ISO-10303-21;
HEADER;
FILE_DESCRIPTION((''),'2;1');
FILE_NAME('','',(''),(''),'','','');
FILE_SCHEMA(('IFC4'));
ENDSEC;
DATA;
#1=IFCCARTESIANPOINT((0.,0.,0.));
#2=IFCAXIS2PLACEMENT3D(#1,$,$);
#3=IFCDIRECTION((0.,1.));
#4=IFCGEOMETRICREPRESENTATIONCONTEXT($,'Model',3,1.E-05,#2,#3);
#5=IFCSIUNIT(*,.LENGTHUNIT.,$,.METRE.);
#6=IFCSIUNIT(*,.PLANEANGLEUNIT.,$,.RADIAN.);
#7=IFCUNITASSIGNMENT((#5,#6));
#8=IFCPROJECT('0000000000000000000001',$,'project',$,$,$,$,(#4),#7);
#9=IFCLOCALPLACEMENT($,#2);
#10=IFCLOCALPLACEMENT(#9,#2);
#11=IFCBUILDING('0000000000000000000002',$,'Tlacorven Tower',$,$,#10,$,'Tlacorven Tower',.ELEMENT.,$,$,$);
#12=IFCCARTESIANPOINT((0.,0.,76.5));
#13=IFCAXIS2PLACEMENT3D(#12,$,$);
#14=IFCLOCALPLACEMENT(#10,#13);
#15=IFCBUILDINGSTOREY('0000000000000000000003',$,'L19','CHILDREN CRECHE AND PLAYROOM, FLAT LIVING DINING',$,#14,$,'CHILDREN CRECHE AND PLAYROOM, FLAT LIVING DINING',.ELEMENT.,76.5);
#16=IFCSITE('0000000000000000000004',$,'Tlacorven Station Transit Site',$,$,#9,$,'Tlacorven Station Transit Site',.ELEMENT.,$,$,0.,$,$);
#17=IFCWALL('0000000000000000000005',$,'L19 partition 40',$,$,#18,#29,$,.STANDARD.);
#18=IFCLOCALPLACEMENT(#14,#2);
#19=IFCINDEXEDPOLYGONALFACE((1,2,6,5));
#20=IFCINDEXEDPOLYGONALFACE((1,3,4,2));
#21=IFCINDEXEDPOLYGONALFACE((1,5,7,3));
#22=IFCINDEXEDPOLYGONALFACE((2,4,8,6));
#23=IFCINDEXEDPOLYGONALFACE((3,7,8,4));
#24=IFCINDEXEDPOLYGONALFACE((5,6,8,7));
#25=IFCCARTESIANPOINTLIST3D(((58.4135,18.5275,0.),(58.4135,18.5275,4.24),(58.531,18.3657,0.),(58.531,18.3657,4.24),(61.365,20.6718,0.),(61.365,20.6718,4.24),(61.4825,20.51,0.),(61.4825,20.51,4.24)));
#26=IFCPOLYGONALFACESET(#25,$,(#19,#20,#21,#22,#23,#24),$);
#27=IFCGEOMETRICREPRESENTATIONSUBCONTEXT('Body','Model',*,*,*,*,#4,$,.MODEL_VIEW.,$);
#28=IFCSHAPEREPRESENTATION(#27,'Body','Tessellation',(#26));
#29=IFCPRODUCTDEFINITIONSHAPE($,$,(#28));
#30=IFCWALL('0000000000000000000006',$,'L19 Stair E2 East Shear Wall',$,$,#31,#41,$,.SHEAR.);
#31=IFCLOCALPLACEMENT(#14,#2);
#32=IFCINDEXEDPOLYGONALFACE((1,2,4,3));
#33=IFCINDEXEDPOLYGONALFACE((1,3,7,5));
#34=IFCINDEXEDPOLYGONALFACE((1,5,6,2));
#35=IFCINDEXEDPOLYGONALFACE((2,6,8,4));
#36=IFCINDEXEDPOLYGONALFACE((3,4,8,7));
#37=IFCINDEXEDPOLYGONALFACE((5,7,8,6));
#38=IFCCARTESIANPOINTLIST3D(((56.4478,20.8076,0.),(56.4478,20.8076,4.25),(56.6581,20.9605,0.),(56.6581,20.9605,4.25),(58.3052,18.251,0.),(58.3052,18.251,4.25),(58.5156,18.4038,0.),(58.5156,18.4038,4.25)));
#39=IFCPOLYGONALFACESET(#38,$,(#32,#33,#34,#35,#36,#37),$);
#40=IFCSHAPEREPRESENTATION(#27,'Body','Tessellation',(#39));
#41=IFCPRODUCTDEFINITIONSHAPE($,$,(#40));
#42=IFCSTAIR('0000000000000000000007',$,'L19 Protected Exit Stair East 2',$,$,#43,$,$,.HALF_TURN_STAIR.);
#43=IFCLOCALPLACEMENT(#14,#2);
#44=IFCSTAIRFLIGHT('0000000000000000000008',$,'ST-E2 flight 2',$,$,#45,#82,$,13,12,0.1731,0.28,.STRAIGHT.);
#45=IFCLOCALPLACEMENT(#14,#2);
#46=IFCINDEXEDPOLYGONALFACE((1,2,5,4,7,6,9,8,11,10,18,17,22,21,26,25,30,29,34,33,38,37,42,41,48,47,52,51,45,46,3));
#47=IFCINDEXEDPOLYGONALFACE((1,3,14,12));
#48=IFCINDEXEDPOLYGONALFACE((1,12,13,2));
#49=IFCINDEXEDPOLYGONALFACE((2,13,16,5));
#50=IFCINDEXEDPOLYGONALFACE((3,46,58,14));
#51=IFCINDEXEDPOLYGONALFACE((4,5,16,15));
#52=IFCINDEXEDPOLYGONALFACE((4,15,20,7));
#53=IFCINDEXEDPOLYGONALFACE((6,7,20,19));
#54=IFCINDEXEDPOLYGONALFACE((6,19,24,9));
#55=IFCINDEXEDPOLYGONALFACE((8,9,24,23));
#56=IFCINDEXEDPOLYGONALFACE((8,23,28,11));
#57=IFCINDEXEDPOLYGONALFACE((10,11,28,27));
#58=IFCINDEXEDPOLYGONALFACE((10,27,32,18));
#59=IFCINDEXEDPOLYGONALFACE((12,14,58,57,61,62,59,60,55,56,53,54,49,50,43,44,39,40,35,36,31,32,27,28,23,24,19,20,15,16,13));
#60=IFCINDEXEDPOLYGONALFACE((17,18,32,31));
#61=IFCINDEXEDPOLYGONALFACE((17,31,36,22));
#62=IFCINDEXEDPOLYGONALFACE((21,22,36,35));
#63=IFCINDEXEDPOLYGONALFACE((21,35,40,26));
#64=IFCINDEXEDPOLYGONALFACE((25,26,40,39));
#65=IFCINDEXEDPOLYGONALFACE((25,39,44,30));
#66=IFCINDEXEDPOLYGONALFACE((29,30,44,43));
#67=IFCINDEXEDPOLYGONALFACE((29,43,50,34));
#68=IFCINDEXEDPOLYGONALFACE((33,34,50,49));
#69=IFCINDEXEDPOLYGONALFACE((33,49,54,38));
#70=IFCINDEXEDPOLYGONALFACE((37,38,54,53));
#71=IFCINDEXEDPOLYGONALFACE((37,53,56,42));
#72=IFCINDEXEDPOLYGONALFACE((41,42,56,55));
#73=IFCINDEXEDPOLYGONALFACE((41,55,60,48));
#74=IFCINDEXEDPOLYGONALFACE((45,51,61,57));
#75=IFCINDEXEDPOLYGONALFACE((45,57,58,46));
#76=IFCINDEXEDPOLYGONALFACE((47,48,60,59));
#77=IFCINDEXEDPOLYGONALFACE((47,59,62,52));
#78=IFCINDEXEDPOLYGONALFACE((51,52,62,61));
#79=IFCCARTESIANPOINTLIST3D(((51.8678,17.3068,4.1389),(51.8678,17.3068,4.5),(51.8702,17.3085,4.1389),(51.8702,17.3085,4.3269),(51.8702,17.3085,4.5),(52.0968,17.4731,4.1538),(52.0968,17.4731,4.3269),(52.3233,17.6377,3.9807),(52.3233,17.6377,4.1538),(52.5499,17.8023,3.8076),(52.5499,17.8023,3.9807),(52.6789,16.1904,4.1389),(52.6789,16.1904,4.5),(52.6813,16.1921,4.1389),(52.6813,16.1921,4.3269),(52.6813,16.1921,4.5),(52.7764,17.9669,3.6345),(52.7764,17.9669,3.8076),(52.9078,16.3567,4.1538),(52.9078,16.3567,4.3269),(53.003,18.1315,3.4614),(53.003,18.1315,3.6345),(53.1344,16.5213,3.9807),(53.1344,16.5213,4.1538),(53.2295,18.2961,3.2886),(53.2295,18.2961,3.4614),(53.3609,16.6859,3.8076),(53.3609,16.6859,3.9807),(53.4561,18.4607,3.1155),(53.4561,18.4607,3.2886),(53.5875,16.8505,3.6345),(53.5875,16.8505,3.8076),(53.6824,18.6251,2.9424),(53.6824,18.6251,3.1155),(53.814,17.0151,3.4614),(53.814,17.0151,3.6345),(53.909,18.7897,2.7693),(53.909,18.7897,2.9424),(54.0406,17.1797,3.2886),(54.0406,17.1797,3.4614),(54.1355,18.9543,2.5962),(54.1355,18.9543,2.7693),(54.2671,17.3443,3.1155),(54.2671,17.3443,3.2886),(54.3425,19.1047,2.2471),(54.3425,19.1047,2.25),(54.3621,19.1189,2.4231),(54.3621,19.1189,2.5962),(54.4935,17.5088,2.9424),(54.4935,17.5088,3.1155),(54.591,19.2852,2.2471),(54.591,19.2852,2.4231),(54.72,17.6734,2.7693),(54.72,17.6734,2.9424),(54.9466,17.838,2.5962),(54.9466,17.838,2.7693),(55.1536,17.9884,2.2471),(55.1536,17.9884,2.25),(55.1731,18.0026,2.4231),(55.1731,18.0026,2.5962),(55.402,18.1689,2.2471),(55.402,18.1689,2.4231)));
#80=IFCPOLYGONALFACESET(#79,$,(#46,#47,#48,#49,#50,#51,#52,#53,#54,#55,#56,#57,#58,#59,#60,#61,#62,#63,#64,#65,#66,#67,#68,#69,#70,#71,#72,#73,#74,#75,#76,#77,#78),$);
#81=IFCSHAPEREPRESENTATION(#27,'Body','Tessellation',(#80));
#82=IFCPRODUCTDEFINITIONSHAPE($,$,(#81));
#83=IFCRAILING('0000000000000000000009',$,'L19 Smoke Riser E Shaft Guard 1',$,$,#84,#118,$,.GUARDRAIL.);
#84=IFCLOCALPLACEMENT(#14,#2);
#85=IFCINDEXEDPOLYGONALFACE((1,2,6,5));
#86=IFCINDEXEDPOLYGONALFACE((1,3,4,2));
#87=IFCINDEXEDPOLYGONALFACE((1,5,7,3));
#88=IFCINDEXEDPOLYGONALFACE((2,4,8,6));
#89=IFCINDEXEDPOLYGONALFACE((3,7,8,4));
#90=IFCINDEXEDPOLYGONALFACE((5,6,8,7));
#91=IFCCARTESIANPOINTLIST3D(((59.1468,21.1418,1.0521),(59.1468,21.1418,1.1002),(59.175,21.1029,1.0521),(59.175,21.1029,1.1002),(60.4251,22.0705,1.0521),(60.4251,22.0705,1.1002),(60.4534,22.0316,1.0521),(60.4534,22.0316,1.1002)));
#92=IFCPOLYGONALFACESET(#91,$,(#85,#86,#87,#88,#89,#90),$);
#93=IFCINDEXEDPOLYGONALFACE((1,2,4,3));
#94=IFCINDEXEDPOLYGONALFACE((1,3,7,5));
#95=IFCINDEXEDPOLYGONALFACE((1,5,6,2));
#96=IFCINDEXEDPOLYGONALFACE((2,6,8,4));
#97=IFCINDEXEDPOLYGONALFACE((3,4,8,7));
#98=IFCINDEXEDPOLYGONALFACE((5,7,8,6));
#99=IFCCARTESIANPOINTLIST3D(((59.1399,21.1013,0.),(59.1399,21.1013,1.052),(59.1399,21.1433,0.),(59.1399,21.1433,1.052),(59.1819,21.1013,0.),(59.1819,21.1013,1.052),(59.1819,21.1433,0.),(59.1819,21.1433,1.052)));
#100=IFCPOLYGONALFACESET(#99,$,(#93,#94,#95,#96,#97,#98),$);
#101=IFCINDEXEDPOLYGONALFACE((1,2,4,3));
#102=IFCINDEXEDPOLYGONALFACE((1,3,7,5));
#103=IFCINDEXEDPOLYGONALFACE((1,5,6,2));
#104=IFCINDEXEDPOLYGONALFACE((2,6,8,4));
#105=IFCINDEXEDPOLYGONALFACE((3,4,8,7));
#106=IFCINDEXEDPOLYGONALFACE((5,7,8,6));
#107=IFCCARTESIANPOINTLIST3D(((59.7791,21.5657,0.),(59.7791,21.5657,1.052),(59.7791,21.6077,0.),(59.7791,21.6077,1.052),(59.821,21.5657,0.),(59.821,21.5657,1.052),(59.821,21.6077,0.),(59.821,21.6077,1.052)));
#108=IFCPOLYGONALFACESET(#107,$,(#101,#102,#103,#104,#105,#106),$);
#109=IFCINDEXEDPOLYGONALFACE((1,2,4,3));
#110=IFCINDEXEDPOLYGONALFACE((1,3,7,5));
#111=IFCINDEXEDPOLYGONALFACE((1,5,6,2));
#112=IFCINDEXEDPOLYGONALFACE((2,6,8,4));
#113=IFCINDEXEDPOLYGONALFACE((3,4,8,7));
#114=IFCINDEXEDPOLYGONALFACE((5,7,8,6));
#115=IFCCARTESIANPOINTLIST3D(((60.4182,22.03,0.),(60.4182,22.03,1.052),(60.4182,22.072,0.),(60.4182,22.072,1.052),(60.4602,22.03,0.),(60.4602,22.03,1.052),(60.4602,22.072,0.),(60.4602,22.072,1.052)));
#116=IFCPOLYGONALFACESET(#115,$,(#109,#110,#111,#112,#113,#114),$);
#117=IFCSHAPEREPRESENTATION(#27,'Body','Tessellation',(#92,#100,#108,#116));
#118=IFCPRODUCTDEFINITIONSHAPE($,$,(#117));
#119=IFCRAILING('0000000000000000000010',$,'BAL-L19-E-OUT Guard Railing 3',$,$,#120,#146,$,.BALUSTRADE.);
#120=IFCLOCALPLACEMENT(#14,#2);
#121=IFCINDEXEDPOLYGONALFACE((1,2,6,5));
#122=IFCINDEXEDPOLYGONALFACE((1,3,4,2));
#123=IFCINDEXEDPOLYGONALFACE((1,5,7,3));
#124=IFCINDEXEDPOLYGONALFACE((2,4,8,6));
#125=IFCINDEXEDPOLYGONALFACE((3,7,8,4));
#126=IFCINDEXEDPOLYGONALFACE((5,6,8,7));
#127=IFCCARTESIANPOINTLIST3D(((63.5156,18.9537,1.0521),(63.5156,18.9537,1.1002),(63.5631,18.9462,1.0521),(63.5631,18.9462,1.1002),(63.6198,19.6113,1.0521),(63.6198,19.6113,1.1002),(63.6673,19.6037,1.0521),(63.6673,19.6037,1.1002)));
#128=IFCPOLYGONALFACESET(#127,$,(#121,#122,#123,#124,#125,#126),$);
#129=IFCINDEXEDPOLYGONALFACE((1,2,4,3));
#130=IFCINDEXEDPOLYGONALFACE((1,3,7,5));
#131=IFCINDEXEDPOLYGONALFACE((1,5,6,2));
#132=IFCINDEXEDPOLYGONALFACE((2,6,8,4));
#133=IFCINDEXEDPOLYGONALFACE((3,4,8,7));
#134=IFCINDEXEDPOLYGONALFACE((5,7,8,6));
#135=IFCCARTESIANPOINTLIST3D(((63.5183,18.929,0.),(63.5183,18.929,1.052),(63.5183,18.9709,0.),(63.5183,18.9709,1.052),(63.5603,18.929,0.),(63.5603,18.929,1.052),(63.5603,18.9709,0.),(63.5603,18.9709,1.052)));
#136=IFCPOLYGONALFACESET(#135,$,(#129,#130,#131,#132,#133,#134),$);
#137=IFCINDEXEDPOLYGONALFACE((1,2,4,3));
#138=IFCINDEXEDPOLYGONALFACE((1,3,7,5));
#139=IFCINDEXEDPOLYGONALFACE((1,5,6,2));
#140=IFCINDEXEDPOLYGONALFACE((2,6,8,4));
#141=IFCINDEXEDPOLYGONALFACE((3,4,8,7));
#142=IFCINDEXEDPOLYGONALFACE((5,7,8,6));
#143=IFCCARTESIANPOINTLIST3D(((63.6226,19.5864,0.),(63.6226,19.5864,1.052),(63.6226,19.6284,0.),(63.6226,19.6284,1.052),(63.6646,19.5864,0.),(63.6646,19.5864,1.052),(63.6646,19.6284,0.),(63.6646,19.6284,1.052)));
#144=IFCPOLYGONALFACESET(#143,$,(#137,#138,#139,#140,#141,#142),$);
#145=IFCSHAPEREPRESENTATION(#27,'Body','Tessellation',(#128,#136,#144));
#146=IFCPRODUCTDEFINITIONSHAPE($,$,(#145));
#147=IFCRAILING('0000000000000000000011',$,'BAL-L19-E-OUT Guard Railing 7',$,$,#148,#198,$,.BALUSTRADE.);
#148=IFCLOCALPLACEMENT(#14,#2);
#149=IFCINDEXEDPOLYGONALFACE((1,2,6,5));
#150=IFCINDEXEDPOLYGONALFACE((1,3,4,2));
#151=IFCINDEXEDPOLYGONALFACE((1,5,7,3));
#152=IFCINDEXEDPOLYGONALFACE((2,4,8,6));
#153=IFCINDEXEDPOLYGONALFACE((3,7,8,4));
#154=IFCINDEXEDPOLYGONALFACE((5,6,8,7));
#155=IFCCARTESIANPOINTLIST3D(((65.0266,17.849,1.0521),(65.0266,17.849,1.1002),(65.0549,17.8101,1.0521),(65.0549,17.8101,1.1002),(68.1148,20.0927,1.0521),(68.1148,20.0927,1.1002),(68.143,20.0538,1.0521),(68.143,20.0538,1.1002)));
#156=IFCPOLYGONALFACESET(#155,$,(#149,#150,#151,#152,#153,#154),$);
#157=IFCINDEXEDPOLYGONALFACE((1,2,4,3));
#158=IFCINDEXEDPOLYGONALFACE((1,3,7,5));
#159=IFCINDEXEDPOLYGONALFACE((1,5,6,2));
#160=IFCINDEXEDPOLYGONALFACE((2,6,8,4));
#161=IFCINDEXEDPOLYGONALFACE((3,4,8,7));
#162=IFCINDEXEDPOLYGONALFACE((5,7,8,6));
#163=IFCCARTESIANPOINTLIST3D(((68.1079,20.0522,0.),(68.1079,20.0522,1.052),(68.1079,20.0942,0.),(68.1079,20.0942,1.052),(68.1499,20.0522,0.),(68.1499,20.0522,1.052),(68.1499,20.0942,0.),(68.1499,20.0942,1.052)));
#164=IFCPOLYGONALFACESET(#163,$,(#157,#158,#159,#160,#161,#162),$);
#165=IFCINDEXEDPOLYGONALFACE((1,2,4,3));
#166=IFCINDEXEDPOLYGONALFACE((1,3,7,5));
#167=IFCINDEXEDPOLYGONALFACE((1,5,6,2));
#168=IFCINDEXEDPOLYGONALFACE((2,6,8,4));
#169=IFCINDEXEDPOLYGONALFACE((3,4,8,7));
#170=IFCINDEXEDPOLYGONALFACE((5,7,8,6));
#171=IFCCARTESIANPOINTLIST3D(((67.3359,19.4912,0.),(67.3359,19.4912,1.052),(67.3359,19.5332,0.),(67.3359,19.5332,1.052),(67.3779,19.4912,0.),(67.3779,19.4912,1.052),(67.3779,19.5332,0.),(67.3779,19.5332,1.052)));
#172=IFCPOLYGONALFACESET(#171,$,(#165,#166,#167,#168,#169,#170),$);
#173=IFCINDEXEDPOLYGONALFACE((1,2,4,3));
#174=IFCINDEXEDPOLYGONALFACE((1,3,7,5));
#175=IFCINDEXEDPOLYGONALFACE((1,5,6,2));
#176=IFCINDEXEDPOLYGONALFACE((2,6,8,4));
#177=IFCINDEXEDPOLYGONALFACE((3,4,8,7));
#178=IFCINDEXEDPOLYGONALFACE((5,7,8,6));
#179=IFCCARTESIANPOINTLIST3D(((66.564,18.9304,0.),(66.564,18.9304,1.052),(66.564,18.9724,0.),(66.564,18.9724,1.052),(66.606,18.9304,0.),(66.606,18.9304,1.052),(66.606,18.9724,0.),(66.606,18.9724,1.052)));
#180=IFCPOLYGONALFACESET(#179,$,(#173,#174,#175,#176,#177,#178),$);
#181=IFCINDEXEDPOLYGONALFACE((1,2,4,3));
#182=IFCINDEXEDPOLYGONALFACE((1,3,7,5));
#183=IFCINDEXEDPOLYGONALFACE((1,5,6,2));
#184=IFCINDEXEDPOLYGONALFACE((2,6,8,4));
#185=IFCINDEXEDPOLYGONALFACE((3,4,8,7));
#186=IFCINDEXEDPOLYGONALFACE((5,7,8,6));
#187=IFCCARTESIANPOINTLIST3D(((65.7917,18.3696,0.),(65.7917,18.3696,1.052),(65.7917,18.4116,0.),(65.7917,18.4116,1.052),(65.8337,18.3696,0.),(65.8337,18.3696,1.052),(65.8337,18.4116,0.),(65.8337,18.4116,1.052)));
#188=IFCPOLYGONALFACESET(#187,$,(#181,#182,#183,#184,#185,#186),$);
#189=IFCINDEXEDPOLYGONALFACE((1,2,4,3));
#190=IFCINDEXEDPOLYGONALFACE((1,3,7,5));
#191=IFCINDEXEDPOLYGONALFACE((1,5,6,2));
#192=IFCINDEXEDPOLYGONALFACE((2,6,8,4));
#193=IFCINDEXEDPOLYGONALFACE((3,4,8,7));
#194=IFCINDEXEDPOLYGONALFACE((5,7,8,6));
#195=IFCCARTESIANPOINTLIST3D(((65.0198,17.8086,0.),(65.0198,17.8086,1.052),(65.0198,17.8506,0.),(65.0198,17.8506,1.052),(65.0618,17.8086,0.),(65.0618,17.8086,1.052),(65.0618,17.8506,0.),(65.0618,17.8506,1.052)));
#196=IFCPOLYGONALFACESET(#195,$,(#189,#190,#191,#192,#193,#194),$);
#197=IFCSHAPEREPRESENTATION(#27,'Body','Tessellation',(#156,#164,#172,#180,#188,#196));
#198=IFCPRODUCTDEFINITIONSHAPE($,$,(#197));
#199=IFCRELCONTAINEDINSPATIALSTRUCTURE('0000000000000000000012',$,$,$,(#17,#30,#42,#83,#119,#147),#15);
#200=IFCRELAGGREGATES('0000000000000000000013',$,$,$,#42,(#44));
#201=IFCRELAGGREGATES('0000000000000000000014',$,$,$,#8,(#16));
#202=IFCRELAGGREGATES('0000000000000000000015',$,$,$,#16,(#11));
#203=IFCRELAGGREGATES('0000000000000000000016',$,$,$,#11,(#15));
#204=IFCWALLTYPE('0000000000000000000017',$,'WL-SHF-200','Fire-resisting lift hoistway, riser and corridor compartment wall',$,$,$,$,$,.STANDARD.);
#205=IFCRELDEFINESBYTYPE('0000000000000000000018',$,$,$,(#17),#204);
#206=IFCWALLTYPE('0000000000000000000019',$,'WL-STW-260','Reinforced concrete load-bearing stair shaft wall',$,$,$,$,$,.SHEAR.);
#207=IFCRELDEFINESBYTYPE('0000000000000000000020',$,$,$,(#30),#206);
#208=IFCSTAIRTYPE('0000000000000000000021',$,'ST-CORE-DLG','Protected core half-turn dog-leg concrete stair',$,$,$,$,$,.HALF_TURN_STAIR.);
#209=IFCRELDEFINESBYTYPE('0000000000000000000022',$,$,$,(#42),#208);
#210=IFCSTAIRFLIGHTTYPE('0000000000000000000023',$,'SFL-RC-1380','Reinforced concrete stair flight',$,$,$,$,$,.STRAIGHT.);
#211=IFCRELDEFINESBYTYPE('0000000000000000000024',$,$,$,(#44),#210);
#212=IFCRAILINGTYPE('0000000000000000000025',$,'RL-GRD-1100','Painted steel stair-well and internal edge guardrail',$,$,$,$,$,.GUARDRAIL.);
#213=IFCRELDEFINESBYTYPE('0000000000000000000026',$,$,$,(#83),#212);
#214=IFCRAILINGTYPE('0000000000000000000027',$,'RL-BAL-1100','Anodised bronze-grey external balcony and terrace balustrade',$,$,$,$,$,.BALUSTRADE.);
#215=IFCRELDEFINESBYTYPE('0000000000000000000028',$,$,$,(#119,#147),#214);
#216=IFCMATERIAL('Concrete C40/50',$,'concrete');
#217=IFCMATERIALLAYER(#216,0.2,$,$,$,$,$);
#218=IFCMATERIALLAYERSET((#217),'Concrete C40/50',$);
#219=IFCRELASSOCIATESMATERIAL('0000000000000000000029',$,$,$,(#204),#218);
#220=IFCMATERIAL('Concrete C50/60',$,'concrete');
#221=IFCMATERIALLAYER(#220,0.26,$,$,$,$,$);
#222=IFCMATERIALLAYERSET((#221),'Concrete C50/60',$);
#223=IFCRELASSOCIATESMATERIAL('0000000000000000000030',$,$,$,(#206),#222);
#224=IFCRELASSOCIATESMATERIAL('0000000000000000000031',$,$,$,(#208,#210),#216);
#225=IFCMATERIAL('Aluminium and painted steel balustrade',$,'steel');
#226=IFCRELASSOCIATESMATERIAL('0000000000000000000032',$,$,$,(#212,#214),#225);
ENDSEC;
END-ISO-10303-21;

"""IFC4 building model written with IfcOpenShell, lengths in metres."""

from ifc_helpers import new_model, si_unit, direction, frame, frame_2d, origin, origin_2d, place, context, subcontext, project, spatial, polyline, rectangle, outline, extrude, source, transform, mapped, material, layer, layer_set, type_object, element, aggregate, save


model = new_model("IFC4")

# Units and contexts
model_context = context("Model", 3, precision=1e-05, world=origin(), true_north=direction((0.0, 1.0)))
body_context = subcontext(model_context, "Body", "Model", "MODEL_VIEW")
ifc_project = project(units=[si_unit("LENGTHUNIT", "METRE"), si_unit("PLANEANGLEUNIT", "RADIAN")], contexts=[model_context])

# Site, building, storey
site_placement = place(None, origin())
site = spatial("IfcSite", under=ifc_project, at=site_placement, Name="Tlacorven Station Transit Site", LongName="Tlacorven Station Transit Site", CompositionType="ELEMENT", RefElevation=0.0)
building_placement = place(site_placement, origin())
building = spatial("IfcBuilding", under=site, at=building_placement, Name="Tlacorven Tower", LongName="Tlacorven Tower", CompositionType="ELEMENT")
storey_placement = place(building_placement, frame((0.0, 0.0, 76.5)))
storey = spatial("IfcBuildingStorey", under=building, at=storey_placement, Name="L19", Description="CHILDREN CRECHE AND PLAYROOM, FLAT LIVING DINING", LongName="CHILDREN CRECHE AND PLAYROOM, FLAT LIVING DINING", CompositionType="ELEMENT", Elevation=76.5)

# Shared definitions
ifc_material_1 = material(Name="Concrete C40/50", Category="concrete")
ifc_layer_1 = layer(ifc_material_1, 0.2)
ifc_layer_set_1 = layer_set([ifc_layer_1], Name="Concrete C40/50")
wall_type_1 = type_object("IfcWallType", Name="WL-SHF-200", Description="Fire-resisting lift hoistway, riser and corridor compartment wall", PredefinedType="STANDARD", material=ifc_layer_set_1)

# Walls
wall_1_placement = place(storey_placement, frame((58.4722, 18.4465, 0.0), z_axis=(0.0, 0.0, 1.0), x_axis=(0.809022, 0.587778, 0.0)))
element("IfcWall", 1, at=wall_1_placement, inside=storey, type_object=wall_type_1, Name="L19 partition 40", PredefinedType="STANDARD", context=body_context, shape_type="SweptSolid", body=[
    extrude(rectangle(XDim=3.6482, YDim=0.2, at=frame_2d((1.8242, 0.0))), origin(), (0.0, 0.0, 1.0), 4.24),
])
ifc_material_2 = material(Name="Concrete C50/60", Category="concrete")
ifc_layer_2 = layer(ifc_material_2, 0.26)
ifc_layer_set_2 = layer_set([ifc_layer_2], Name="Concrete C50/60")
wall_type_2 = type_object("IfcWallType", Name="WL-STW-260", Description="Reinforced concrete load-bearing stair shaft wall", PredefinedType="SHEAR", material=ifc_layer_set_2)
wall_2_placement = place(storey_placement, frame((58.4104, 18.3274, 0.0), z_axis=(0.0, 0.0, 1.0), x_axis=(-0.587767, 0.80903, 0.0)))
element("IfcWall", 2, at=wall_2_placement, inside=storey, type_object=wall_type_2, Name="L19 Stair E2 East Shear Wall", PredefinedType="SHEAR", context=body_context, shape_type="SweptSolid", body=[
    extrude(rectangle(XDim=3.1602, YDim=0.26, at=frame_2d((1.5801, 0.0))), origin(), (0.0, 0.0, 1.0), 4.25),
])

# Stair, stair flight
stair_type = type_object("IfcStairType", Name="ST-CORE-DLG", Description="Protected core half-turn dog-leg concrete stair", PredefinedType="HALF_TURN_STAIR", material=ifc_material_1)
stair_placement = place(storey_placement, origin())
stair = element("IfcStair", 3, at=stair_placement, inside=storey, type_object=stair_type, Name="L19 Protected Exit Stair East 2", PredefinedType="HALF_TURN_STAIR")
stair_flight_type = type_object("IfcStairFlightType", Name="SFL-RC-1380", Description="Reinforced concrete stair flight", PredefinedType="STRAIGHT", material=ifc_material_1)
shared_shape_1 = source(origin(), body_context, "Body", "SweptSolid", [
    extrude(outline(polyline([(-0.0029, -0.0029), (-0.0029, 0.1731), (0.28, 0.1731), (0.28, 0.3462), (0.5601, 0.3462), (0.5601, 0.5193), (0.8401, 0.5193), (0.8401, 0.6924), (1.1201, 0.6924), (1.1201, 0.8655), (1.3999, 0.8655), (1.3999, 1.0386), (1.6799, 1.0386), (1.6799, 1.2114), (1.96, 1.2114), (1.96, 1.3845), (2.24, 1.3845), (2.24, 1.5576), (2.52, 1.5576), (2.52, 1.7307), (2.8, 1.7307), (2.8, 1.9038), (3.0801, 1.9038), (3.0801, 2.0769), (3.3601, 2.0769), (3.3601, 2.25), (3.363, 2.25), (3.363, 1.8889), (3.3601, 1.8889), (0.3042, 0.0), (0.3042, -0.0029), (-0.0029, -0.0029)])), frame((0.0, 0.6899, 0.0), z_axis=(0.0, -1.0, 0.0), x_axis=(1.0, 0.0, 0.0)), (0.0, 0.0, 1.0), 1.3799),
])
stair_flight_placement = place(storey_placement, frame((54.9941, 18.7253, 2.25), z_axis=(0.0, 0.0, 1.0), x_axis=(-0.809017, -0.587785, 0.0)))
stair_flight = element("IfcStairFlight", 4, at=stair_flight_placement, type_object=stair_flight_type, Name="ST-E2 flight 2", NumberOfRisers=13, NumberOfTreads=12, PredefinedType="STRAIGHT", RiserHeight=0.1731, TreadLength=0.28, context=body_context, shape_type="MappedRepresentation", body=[
    mapped(shared_shape_1, transform((0.0, 0.0, 0.0), scale=1.0)),
])
aggregate(stair, [stair_flight])

# Railings
ifc_material_3 = material(Name="Aluminium and painted steel balustrade", Category="steel")
railing_type_1 = type_object("IfcRailingType", Name="RL-GRD-1100", Description="Painted steel stair-well and internal edge guardrail", PredefinedType="GUARDRAIL", material=ifc_material_3)
shared_shape_2 = source(origin(), body_context, "Body", "SweptSolid", [
    extrude(rectangle(XDim=0.0481, YDim=0.0481, at=origin_2d()), frame((0.0, 0.0, 1.0762), z_axis=(0.80903, 0.587767, 0.0), x_axis=(-0.587767, 0.80903, 0.0)), (0.0, 0.0, 1.0), 1.5801),
    extrude(rectangle(XDim=0.042, YDim=0.042, at=origin_2d()), origin(), (0.0, 0.0, 1.0), 1.052),
    extrude(rectangle(XDim=0.042, YDim=0.042, at=origin_2d()), frame((0.6392, 0.4644, 0.0)), (0.0, 0.0, 1.0), 1.052),
    extrude(rectangle(XDim=0.042, YDim=0.042, at=origin_2d()), frame((1.2783, 0.9287, 0.0)), (0.0, 0.0, 1.0), 1.052),
])
railing_1_placement = place(storey_placement, frame((59.1609, 21.1223, 0.0)))
element("IfcRailing", 5, at=railing_1_placement, inside=storey, type_object=railing_type_1, Name="L19 Smoke Riser E Shaft Guard 1", PredefinedType="GUARDRAIL", context=body_context, shape_type="MappedRepresentation", body=[
    mapped(shared_shape_2, transform((0.0, 0.0, 0.0), scale=1.0)),
])
railing_type_2 = type_object("IfcRailingType", Name="RL-BAL-1100", Description="Anodised bronze-grey external balcony and terrace balustrade", PredefinedType="BALUSTRADE", material=ifc_material_3)
shared_shape_3 = source(origin(), body_context, "Body", "SweptSolid", [
    extrude(rectangle(XDim=0.0481, YDim=0.0481, at=origin_2d()), frame((0.0, 0.0, 1.0762), z_axis=(0.156603, 0.987662, 0.0), x_axis=(-0.987662, 0.156603, 0.0)), (0.0, 0.0, 1.0), 0.6658),
    extrude(rectangle(XDim=0.042, YDim=0.042, at=origin_2d()), origin(), (0.0, 0.0, 1.0), 1.052),
    extrude(rectangle(XDim=0.042, YDim=0.042, at=origin_2d()), frame((0.1042, 0.6575, 0.0)), (0.0, 0.0, 1.0), 1.052),
])
railing_2_placement = place(storey_placement, frame((63.5393, 18.95, 0.0)))
element("IfcRailing", 6, at=railing_2_placement, inside=storey, type_object=railing_type_2, Name="BAL-L19-E-OUT Guard Railing 3", PredefinedType="BALUSTRADE", context=body_context, shape_type="MappedRepresentation", body=[
    mapped(shared_shape_3, transform((0.0, 0.0, 0.0), scale=1.0)),
])
shared_shape_4 = source(origin(), body_context, "Body", "SweptSolid", [
    extrude(rectangle(XDim=0.0481, YDim=0.0481, at=origin_2d()), frame((0.0, 0.0, 1.0762), z_axis=(-0.809018, -0.587784, 0.0), x_axis=(0.587784, -0.809018, 0.0)), (0.0, 0.0, 1.0), 3.8171),
    extrude(rectangle(XDim=0.042, YDim=0.042, at=origin_2d()), origin(), (0.0, 0.0, 1.0), 1.052),
    extrude(rectangle(XDim=0.042, YDim=0.042, at=origin_2d()), frame((-0.772, -0.561, 0.0)), (0.0, 0.0, 1.0), 1.052),
    extrude(rectangle(XDim=0.042, YDim=0.042, at=origin_2d()), frame((-1.5439, -1.1218, 0.0)), (0.0, 0.0, 1.0), 1.052),
    extrude(rectangle(XDim=0.042, YDim=0.042, at=origin_2d()), frame((-2.3162, -1.6826, 0.0)), (0.0, 0.0, 1.0), 1.052),
    extrude(rectangle(XDim=0.042, YDim=0.042, at=origin_2d()), frame((-3.0881, -2.2437, 0.0)), (0.0, 0.0, 1.0), 1.052),
])
railing_3_placement = place(storey_placement, frame((68.1289, 20.0732, 0.0)))
element("IfcRailing", 7, at=railing_3_placement, inside=storey, type_object=railing_type_2, Name="BAL-L19-E-OUT Guard Railing 7", PredefinedType="BALUSTRADE", context=body_context, shape_type="MappedRepresentation", body=[
    mapped(shared_shape_4, transform((0.0, 0.0, 0.0), scale=1.0)),
])

save(model, "model.ifc")
